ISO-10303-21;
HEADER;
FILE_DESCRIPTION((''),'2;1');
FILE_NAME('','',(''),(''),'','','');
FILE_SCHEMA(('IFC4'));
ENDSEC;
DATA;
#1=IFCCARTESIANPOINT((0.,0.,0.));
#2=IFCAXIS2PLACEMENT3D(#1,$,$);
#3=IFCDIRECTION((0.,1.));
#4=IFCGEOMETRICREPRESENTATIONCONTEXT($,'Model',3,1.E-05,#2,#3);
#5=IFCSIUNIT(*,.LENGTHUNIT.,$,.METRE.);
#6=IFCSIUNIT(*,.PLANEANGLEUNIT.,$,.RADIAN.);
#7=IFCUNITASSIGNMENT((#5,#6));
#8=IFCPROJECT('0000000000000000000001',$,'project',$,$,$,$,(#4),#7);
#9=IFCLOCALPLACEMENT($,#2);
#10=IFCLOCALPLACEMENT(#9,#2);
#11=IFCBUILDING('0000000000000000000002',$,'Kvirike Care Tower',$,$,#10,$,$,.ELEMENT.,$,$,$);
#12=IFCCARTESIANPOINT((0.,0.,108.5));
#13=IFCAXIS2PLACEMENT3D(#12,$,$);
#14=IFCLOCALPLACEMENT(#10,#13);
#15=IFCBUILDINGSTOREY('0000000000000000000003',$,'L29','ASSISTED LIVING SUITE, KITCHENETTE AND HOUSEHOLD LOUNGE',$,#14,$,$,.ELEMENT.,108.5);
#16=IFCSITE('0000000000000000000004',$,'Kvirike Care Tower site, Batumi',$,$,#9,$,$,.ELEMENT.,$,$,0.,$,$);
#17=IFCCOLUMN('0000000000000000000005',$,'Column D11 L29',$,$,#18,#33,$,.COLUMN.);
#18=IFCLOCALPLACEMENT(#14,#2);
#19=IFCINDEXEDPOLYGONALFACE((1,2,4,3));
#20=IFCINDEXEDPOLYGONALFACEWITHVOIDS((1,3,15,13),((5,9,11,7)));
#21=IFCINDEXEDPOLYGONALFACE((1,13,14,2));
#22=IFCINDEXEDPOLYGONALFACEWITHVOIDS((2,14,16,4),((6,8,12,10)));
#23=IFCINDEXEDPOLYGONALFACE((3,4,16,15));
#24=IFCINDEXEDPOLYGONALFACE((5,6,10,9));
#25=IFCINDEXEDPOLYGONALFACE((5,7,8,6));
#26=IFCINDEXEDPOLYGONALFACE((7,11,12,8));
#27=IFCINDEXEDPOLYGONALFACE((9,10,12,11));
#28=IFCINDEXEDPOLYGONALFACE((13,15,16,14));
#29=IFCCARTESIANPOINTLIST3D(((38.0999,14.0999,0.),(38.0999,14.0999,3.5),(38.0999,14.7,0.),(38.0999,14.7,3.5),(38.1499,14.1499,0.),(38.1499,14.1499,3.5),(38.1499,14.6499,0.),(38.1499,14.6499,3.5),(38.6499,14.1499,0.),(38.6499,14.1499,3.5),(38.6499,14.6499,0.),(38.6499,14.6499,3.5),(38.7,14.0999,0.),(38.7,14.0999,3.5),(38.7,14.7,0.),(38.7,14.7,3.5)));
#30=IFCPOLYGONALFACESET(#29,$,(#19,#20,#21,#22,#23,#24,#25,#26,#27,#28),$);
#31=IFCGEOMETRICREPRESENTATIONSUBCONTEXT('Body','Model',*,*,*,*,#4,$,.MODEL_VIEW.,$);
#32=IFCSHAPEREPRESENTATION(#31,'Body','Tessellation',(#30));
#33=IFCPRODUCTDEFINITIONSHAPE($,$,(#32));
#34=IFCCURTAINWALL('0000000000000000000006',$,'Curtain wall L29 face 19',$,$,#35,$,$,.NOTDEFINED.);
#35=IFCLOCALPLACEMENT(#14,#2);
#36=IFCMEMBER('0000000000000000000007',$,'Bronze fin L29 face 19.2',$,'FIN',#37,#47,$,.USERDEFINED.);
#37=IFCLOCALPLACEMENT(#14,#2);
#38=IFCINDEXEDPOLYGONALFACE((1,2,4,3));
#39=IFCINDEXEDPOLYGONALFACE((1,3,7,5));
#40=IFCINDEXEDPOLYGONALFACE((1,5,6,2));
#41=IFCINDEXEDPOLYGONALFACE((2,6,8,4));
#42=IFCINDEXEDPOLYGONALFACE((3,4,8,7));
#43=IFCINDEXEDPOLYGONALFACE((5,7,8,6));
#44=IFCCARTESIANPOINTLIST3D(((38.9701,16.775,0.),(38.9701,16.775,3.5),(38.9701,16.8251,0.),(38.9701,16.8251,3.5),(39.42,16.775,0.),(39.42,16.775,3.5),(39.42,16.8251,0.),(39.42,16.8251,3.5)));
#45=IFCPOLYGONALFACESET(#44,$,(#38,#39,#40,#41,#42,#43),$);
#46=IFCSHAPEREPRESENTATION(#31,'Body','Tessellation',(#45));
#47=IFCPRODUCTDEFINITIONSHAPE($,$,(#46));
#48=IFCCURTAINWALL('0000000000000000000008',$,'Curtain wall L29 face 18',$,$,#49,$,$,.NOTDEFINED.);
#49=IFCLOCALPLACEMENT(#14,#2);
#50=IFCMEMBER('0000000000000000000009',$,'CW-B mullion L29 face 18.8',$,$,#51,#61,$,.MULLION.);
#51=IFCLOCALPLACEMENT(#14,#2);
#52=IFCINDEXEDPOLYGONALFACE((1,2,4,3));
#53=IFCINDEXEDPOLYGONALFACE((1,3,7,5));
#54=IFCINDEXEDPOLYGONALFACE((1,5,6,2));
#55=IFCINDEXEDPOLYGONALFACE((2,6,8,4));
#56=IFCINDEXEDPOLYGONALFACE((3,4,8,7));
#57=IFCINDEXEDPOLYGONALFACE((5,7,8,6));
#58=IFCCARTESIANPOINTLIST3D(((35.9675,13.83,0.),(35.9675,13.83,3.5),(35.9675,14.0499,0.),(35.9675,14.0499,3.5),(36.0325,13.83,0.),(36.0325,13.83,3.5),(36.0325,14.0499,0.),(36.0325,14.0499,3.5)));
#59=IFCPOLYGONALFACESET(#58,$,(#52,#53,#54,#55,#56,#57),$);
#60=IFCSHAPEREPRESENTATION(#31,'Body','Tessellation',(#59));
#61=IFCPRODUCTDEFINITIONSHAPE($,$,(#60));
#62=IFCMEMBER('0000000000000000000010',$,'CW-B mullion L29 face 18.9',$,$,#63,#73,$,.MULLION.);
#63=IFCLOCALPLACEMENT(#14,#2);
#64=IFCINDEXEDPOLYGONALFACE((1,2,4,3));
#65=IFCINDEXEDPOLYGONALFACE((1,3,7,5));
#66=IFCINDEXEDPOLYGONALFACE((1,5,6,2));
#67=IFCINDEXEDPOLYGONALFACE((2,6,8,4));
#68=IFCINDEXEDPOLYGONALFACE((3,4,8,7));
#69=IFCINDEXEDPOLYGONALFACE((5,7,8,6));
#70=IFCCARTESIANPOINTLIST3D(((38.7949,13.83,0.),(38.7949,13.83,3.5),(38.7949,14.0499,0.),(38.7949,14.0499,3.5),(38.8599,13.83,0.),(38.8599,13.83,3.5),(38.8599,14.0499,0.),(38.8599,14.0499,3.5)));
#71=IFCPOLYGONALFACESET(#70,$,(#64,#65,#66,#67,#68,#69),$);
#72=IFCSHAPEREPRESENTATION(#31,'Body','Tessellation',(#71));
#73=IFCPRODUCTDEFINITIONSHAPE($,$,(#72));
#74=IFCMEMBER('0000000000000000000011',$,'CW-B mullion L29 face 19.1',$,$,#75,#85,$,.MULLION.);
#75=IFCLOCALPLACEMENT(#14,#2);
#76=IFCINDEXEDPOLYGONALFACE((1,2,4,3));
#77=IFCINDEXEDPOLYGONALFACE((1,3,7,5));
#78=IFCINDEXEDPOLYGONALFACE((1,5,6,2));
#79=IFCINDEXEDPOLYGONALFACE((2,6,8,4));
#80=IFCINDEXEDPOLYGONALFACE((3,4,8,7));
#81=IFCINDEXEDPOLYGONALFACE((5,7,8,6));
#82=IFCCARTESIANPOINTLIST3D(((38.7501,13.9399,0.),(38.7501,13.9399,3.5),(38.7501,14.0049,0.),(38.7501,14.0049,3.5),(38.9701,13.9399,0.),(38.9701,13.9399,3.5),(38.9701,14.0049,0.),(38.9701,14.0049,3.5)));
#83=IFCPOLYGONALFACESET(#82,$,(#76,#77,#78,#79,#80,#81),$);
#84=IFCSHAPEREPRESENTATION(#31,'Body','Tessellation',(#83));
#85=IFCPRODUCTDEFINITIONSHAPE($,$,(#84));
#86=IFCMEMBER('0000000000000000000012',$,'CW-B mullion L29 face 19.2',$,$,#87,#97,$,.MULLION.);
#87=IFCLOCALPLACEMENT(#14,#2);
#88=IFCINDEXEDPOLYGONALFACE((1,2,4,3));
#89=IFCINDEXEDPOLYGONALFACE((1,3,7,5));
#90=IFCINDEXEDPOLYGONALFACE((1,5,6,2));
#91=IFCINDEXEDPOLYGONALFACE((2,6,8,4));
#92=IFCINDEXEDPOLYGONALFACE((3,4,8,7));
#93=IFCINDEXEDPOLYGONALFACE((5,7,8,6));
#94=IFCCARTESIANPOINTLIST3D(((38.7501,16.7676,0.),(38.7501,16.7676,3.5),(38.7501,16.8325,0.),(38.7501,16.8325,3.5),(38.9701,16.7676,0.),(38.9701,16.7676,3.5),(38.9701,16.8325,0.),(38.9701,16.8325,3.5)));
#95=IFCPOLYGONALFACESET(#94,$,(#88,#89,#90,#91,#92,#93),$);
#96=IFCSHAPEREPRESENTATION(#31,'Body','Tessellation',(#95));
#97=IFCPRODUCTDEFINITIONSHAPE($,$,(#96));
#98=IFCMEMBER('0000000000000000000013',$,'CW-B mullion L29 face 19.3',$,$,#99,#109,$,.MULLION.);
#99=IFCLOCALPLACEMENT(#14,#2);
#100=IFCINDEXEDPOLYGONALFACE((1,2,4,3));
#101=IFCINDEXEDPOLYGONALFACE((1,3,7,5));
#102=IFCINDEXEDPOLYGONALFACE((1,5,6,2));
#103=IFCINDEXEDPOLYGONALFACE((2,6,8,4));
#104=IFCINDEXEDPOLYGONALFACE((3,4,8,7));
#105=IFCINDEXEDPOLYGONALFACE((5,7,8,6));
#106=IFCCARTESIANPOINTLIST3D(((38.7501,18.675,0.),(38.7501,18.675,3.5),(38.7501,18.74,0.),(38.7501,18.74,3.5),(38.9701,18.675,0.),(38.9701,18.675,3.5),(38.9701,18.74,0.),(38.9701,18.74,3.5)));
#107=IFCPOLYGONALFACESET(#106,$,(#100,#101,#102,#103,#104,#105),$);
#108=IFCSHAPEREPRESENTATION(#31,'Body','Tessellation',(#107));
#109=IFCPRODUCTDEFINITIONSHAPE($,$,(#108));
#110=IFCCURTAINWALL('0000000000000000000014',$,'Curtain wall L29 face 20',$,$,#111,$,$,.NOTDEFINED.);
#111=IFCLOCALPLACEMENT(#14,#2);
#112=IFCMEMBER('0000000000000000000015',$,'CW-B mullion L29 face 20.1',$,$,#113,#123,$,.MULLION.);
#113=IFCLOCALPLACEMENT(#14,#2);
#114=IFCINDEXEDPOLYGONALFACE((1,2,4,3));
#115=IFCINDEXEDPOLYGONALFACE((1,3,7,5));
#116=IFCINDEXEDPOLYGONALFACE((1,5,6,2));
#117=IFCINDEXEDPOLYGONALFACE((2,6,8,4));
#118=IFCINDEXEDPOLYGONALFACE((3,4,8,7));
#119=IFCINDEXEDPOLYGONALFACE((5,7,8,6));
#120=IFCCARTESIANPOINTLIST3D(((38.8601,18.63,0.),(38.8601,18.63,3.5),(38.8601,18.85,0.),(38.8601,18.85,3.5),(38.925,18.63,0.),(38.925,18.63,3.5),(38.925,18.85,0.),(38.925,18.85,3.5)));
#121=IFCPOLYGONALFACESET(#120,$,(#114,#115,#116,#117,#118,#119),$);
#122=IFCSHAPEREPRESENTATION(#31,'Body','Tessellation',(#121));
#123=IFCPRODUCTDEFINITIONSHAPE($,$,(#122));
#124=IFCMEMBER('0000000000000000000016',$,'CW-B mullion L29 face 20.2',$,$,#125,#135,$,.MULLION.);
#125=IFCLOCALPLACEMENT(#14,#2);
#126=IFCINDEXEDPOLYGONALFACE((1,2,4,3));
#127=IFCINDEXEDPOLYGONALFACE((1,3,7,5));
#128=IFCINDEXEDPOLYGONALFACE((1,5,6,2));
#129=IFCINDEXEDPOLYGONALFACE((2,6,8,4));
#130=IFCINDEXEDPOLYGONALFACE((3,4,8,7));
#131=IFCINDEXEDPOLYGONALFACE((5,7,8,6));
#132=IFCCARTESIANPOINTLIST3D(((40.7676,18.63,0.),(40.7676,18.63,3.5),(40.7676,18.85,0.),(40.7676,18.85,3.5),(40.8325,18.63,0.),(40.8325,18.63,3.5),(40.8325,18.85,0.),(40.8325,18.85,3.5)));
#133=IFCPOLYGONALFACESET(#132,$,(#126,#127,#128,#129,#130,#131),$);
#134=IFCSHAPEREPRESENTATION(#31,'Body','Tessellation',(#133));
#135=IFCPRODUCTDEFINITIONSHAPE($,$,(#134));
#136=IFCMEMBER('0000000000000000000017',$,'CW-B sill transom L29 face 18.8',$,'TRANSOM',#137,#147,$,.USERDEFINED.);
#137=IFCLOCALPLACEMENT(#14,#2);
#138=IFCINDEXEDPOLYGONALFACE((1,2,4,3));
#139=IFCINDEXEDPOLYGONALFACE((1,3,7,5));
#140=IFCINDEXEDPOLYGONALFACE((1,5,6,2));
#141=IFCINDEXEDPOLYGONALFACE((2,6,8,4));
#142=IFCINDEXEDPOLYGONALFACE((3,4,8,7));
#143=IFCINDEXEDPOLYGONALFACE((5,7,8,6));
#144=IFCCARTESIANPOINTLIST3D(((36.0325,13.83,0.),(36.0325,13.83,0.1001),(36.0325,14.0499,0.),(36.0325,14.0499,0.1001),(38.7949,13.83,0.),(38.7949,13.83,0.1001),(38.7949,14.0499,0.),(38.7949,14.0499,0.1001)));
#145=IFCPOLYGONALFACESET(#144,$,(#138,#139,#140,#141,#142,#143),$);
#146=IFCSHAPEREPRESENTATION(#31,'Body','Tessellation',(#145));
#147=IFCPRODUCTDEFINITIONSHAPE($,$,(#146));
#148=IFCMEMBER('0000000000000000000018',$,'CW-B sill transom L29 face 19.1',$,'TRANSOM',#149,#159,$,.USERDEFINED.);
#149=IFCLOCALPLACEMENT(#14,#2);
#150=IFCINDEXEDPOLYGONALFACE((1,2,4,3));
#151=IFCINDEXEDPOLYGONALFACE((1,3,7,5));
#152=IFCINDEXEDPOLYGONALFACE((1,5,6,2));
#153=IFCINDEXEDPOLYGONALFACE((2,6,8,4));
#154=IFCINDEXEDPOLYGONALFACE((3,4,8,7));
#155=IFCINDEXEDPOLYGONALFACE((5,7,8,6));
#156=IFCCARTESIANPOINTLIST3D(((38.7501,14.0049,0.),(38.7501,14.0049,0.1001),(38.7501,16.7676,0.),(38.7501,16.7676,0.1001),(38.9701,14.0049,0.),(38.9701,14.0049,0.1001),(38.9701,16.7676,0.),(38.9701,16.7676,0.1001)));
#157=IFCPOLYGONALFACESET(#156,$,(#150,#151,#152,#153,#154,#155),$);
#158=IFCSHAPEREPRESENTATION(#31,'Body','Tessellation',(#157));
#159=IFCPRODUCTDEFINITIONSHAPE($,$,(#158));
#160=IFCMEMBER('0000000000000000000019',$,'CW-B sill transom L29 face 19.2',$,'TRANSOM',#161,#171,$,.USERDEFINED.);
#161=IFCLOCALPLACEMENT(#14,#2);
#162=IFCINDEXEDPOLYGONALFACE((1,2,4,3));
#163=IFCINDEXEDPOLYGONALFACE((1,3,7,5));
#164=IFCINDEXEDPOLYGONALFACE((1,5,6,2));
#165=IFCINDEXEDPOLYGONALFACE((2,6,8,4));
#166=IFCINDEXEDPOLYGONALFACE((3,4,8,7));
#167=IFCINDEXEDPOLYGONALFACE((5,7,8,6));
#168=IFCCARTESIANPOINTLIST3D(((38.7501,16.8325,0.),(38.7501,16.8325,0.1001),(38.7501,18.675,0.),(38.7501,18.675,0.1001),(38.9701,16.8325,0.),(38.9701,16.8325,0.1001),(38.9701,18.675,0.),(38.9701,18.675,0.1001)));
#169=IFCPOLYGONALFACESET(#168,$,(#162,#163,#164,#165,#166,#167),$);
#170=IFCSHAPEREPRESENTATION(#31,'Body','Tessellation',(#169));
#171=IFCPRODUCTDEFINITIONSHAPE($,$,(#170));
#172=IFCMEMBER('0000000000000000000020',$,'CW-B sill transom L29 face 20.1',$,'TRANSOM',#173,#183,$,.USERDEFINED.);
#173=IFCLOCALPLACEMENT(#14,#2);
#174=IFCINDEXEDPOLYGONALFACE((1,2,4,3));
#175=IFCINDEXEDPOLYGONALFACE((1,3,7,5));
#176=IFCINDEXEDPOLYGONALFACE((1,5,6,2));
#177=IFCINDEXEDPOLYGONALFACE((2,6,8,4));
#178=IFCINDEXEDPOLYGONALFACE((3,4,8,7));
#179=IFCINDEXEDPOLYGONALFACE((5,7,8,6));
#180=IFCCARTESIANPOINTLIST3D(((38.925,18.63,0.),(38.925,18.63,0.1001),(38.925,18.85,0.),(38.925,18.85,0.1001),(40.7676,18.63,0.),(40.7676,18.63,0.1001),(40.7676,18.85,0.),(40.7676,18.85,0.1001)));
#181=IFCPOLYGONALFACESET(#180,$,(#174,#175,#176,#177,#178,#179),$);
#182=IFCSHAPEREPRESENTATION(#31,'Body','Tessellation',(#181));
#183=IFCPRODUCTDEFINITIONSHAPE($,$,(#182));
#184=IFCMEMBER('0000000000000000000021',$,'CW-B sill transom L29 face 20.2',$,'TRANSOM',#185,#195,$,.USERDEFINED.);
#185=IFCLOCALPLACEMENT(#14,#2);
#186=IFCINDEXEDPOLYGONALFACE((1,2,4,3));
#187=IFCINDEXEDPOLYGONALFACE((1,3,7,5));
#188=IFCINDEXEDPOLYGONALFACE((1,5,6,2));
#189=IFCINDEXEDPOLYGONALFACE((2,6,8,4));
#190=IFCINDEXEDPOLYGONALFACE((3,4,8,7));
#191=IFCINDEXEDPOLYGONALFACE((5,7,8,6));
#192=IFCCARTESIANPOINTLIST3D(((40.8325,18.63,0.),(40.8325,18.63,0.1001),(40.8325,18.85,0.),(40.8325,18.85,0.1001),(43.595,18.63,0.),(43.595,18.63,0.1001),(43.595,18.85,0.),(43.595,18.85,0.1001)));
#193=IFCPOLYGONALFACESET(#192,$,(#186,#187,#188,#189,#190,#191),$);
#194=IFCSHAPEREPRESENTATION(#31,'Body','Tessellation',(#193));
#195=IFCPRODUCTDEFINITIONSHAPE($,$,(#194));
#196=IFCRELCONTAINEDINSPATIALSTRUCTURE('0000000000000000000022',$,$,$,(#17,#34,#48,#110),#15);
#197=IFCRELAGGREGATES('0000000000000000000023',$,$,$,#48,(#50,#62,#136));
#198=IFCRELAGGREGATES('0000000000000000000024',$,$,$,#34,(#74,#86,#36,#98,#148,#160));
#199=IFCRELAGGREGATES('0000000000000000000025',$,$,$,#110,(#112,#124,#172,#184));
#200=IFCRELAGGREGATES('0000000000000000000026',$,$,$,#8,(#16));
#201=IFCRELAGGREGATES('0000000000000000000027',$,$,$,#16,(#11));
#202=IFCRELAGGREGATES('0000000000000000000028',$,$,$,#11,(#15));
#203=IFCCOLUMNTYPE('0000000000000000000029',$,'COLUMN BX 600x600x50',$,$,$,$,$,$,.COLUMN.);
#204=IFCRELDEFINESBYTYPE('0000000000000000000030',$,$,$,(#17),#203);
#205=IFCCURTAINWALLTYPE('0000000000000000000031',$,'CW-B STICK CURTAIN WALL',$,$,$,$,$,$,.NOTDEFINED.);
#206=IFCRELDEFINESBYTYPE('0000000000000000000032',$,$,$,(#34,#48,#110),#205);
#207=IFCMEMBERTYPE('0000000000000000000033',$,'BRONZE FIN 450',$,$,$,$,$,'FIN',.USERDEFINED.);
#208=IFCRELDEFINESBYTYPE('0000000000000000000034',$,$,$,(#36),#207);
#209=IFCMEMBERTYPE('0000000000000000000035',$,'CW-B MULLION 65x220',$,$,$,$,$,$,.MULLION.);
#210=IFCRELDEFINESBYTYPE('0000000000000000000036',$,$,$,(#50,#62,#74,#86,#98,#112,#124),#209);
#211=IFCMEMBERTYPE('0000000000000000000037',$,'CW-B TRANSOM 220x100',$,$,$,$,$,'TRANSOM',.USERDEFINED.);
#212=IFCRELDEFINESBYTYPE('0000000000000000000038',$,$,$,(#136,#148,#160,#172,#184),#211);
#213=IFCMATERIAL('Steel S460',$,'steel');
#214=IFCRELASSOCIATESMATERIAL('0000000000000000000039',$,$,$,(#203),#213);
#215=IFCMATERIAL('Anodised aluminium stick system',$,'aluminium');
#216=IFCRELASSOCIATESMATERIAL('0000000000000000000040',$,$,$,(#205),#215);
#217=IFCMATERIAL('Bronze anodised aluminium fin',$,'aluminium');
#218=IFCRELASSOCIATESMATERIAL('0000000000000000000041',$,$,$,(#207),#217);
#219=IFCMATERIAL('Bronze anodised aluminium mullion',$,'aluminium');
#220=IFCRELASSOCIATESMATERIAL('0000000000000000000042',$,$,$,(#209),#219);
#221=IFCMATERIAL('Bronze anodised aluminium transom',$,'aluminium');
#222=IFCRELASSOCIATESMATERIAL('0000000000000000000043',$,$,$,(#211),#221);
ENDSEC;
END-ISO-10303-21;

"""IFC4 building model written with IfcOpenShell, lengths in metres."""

from ifc_helpers import new_model, si_unit, direction, frame, origin, origin_2d, place, context, subcontext, project, spatial, rectangle, hollow_rectangle, extrude, material, material_profile, profile_set, type_object, element, aggregate, save


model = new_model("IFC4")

# Units and contexts
model_context = context("Model", 3, precision=1e-05, world=origin(), true_north=direction((0.0, 1.0)))
body_context = subcontext(model_context, "Body", "Model", "MODEL_VIEW")
ifc_project = project(units=[si_unit("LENGTHUNIT", "METRE"), si_unit("PLANEANGLEUNIT", "RADIAN")], contexts=[model_context])

# Site, building, storey
site_placement = place(None, origin())
site = spatial("IfcSite", under=ifc_project, at=site_placement, Name="Kvirike Care Tower site, Batumi", CompositionType="ELEMENT", RefElevation=0.0)
building_placement = place(site_placement, origin())
building = spatial("IfcBuilding", under=site, at=building_placement, Name="Kvirike Care Tower", CompositionType="ELEMENT")
storey_placement = place(building_placement, frame((0.0, 0.0, 108.5)))
storey = spatial("IfcBuildingStorey", under=building, at=storey_placement, Name="L29", Description="ASSISTED LIVING SUITE, KITCHENETTE AND HOUSEHOLD LOUNGE", CompositionType="ELEMENT", Elevation=108.5)

# Column
ifc_material_1 = material(Name="Steel S460", Category="steel")
ifc_material_profile_1 = material_profile(ifc_material_1, hollow_rectangle(XDim=0.6001, YDim=0.6001, WallThickness=0.05, at=origin_2d()), Name="BX 600x600x50")
ifc_profile_set_1 = profile_set([ifc_material_profile_1], Name="Steel S460")
column_type = type_object("IfcColumnType", Name="COLUMN BX 600x600x50", PredefinedType="COLUMN", material=ifc_profile_set_1)
column_placement = place(storey_placement, frame((38.3999, 14.3999, 0.0), z_axis=(0.0, 0.0, 1.0), x_axis=(0.0, 1.0, 0.0)))
element("IfcColumn", 1, at=column_placement, inside=storey, type_object=column_type, Name="Column D11 L29", PredefinedType="COLUMN", context=body_context, shape_type="SweptSolid", body=[
    extrude(hollow_rectangle(XDim=0.6001, YDim=0.6001, WallThickness=0.05, at=origin_2d()), origin(), (0.0, 0.0, 1.0), 3.5),
])

# Curtain wall, member
ifc_material_2 = material(Name="Anodised aluminium stick system", Category="aluminium")
curtain_wall_type = type_object("IfcCurtainWallType", Name="CW-B STICK CURTAIN WALL", PredefinedType="NOTDEFINED", material=ifc_material_2)
curtain_wall_1_placement = place(storey_placement, origin())
curtain_wall_1 = element("IfcCurtainWall", 2, at=curtain_wall_1_placement, inside=storey, type_object=curtain_wall_type, Name="Curtain wall L29 face 19", PredefinedType="NOTDEFINED")
ifc_material_3 = material(Name="Bronze anodised aluminium fin", Category="aluminium")
ifc_material_profile_2 = material_profile(ifc_material_3, rectangle(XDim=0.05, YDim=0.45, at=origin_2d()), Name="BRONZE FIN 450")
ifc_profile_set_2 = profile_set([ifc_material_profile_2], Name="Bronze anodised aluminium fin")
member_type_1 = type_object("IfcMemberType", Name="BRONZE FIN 450", ElementType="FIN", PredefinedType="USERDEFINED", material=ifc_profile_set_2)
member_1_placement = place(storey_placement, frame((39.1951, 16.8, 0.0), z_axis=(0.0, 0.0, 1.0), x_axis=(0.0, 1.0, 0.0)))
member_1 = element("IfcMember", 3, at=member_1_placement, type_object=member_type_1, Name="Bronze fin L29 face 19.2", ObjectType="FIN", PredefinedType="USERDEFINED", context=body_context, shape_type="SweptSolid", body=[
    extrude(rectangle(XDim=0.05, YDim=0.45, at=origin_2d()), origin(), (0.0, 0.0, 1.0), 3.5),
])

# Curtain wall, members
curtain_wall_2_placement = place(storey_placement, origin())
curtain_wall_2 = element("IfcCurtainWall", 4, at=curtain_wall_2_placement, inside=storey, type_object=curtain_wall_type, Name="Curtain wall L29 face 18", PredefinedType="NOTDEFINED")
ifc_material_4 = material(Name="Bronze anodised aluminium mullion", Category="aluminium")
ifc_material_profile_3 = material_profile(ifc_material_4, rectangle(XDim=0.0649, YDim=0.22, at=origin_2d()), Name="CW-B MULLION 65x220")
ifc_profile_set_3 = profile_set([ifc_material_profile_3], Name="Bronze anodised aluminium mullion")
member_type_2 = type_object("IfcMemberType", Name="CW-B MULLION 65x220", PredefinedType="MULLION", material=ifc_profile_set_3)
member_2_placement = place(storey_placement, frame((36.0, 13.9399, 0.0), z_axis=(0.0, 0.0, 1.0), x_axis=(1.0, 0.0, 0.0)))
member_2 = element("IfcMember", 5, at=member_2_placement, type_object=member_type_2, Name="CW-B mullion L29 face 18.8", PredefinedType="MULLION", context=body_context, shape_type="SweptSolid", body=[
    extrude(rectangle(XDim=0.0649, YDim=0.22, at=origin_2d()), origin(), (0.0, 0.0, 1.0), 3.5),
])
member_3_placement = place(storey_placement, frame((38.8274, 13.9399, 0.0), z_axis=(0.0, 0.0, 1.0), x_axis=(1.0, 0.0, 0.0)))
member_3 = element("IfcMember", 6, at=member_3_placement, type_object=member_type_2, Name="CW-B mullion L29 face 18.9", PredefinedType="MULLION", context=body_context, shape_type="SweptSolid", body=[
    extrude(rectangle(XDim=0.0649, YDim=0.22, at=origin_2d()), origin(), (0.0, 0.0, 1.0), 3.5),
])

# Members
member_4_placement = place(storey_placement, frame((38.8601, 13.9724, 0.0), z_axis=(0.0, 0.0, 1.0), x_axis=(0.0, 1.0, 0.0)))
member_4 = element("IfcMember", 7, at=member_4_placement, type_object=member_type_2, Name="CW-B mullion L29 face 19.1", PredefinedType="MULLION", context=body_context, shape_type="SweptSolid", body=[
    extrude(rectangle(XDim=0.0649, YDim=0.22, at=origin_2d()), origin(), (0.0, 0.0, 1.0), 3.5),
])
member_5_placement = place(storey_placement, frame((38.8601, 16.8, 0.0), z_axis=(0.0, 0.0, 1.0), x_axis=(0.0, 1.0, 0.0)))
member_5 = element("IfcMember", 8, at=member_5_placement, type_object=member_type_2, Name="CW-B mullion L29 face 19.2", PredefinedType="MULLION", context=body_context, shape_type="SweptSolid", body=[
    extrude(rectangle(XDim=0.0649, YDim=0.22, at=origin_2d()), origin(), (0.0, 0.0, 1.0), 3.5),
])
member_6_placement = place(storey_placement, frame((38.8601, 18.7075, 0.0), z_axis=(0.0, 0.0, 1.0), x_axis=(0.0, 1.0, 0.0)))
member_6 = element("IfcMember", 9, at=member_6_placement, type_object=member_type_2, Name="CW-B mullion L29 face 19.3", PredefinedType="MULLION", context=body_context, shape_type="SweptSolid", body=[
    extrude(rectangle(XDim=0.0649, YDim=0.22, at=origin_2d()), origin(), (0.0, 0.0, 1.0), 3.5),
])

# Curtain wall, members
curtain_wall_3_placement = place(storey_placement, origin())
curtain_wall_3 = element("IfcCurtainWall", 10, at=curtain_wall_3_placement, inside=storey, type_object=curtain_wall_type, Name="Curtain wall L29 face 20", PredefinedType="NOTDEFINED")
member_7_placement = place(storey_placement, frame((38.8926, 18.74, 0.0), z_axis=(0.0, 0.0, 1.0), x_axis=(1.0, 0.0, 0.0)))
member_7 = element("IfcMember", 11, at=member_7_placement, type_object=member_type_2, Name="CW-B mullion L29 face 20.1", PredefinedType="MULLION", context=body_context, shape_type="SweptSolid", body=[
    extrude(rectangle(XDim=0.0649, YDim=0.22, at=origin_2d()), origin(), (0.0, 0.0, 1.0), 3.5),
])
member_8_placement = place(storey_placement, frame((40.8, 18.74, 0.0), z_axis=(0.0, 0.0, 1.0), x_axis=(1.0, 0.0, 0.0)))
member_8 = element("IfcMember", 12, at=member_8_placement, type_object=member_type_2, Name="CW-B mullion L29 face 20.2", PredefinedType="MULLION", context=body_context, shape_type="SweptSolid", body=[
    extrude(rectangle(XDim=0.0649, YDim=0.22, at=origin_2d()), origin(), (0.0, 0.0, 1.0), 3.5),
])

# Members
ifc_material_5 = material(Name="Bronze anodised aluminium transom", Category="aluminium")
ifc_material_profile_4 = material_profile(ifc_material_5, rectangle(XDim=0.22, YDim=0.1001, at=origin_2d()), Name="CW-B TRANSOM 220x100")
ifc_profile_set_4 = profile_set([ifc_material_profile_4], Name="Bronze anodised aluminium transom")
member_type_3 = type_object("IfcMemberType", Name="CW-B TRANSOM 220x100", ElementType="TRANSOM", PredefinedType="USERDEFINED", material=ifc_profile_set_4)
member_9_placement = place(storey_placement, frame((36.0325, 13.9399, 0.05), z_axis=(1.0, 0.0, 0.0), x_axis=(0.0, 1.0, 0.0)))
member_9 = element("IfcMember", 13, at=member_9_placement, type_object=member_type_3, Name="CW-B sill transom L29 face 18.8", ObjectType="TRANSOM", PredefinedType="USERDEFINED", context=body_context, shape_type="SweptSolid", body=[
    extrude(rectangle(XDim=0.22, YDim=0.1001, at=origin_2d()), origin(), (0.0, 0.0, 1.0), 2.7625),
])
member_10_placement = place(storey_placement, frame((38.8601, 14.0049, 0.05), z_axis=(0.0, 1.0, 0.0), x_axis=(-1.0, 0.0, 0.0)))
member_10 = element("IfcMember", 14, at=member_10_placement, type_object=member_type_3, Name="CW-B sill transom L29 face 19.1", ObjectType="TRANSOM", PredefinedType="USERDEFINED", context=body_context, shape_type="SweptSolid", body=[
    extrude(rectangle(XDim=0.22, YDim=0.1001, at=origin_2d()), origin(), (0.0, 0.0, 1.0), 2.7627),
])
member_11_placement = place(storey_placement, frame((38.8601, 16.8325, 0.05), z_axis=(0.0, 1.0, 0.0), x_axis=(-1.0, 0.0, 0.0)))
member_11 = element("IfcMember", 15, at=member_11_placement, type_object=member_type_3, Name="CW-B sill transom L29 face 19.2", ObjectType="TRANSOM", PredefinedType="USERDEFINED", context=body_context, shape_type="SweptSolid", body=[
    extrude(rectangle(XDim=0.22, YDim=0.1001, at=origin_2d()), origin(), (0.0, 0.0, 1.0), 1.8425),
])
member_12_placement = place(storey_placement, frame((38.925, 18.74, 0.05), z_axis=(1.0, 0.0, 0.0), x_axis=(0.0, 1.0, 0.0)))
member_12 = element("IfcMember", 16, at=member_12_placement, type_object=member_type_3, Name="CW-B sill transom L29 face 20.1", ObjectType="TRANSOM", PredefinedType="USERDEFINED", context=body_context, shape_type="SweptSolid", body=[
    extrude(rectangle(XDim=0.22, YDim=0.1001, at=origin_2d()), origin(), (0.0, 0.0, 1.0), 1.8425),
])
member_13_placement = place(storey_placement, frame((40.8325, 18.74, 0.05), z_axis=(1.0, 0.0, 0.0), x_axis=(0.0, 1.0, 0.0)))
member_13 = element("IfcMember", 17, at=member_13_placement, type_object=member_type_3, Name="CW-B sill transom L29 face 20.2", ObjectType="TRANSOM", PredefinedType="USERDEFINED", context=body_context, shape_type="SweptSolid", body=[
    extrude(rectangle(XDim=0.22, YDim=0.1001, at=origin_2d()), origin(), (0.0, 0.0, 1.0), 2.7625),
])

aggregate(curtain_wall_2, [member_2, member_3, member_9])
aggregate(curtain_wall_1, [member_4, member_5, member_1, member_6, member_10, member_11])
aggregate(curtain_wall_3, [member_7, member_8, member_12, member_13])

save(model, "model.ifc")
